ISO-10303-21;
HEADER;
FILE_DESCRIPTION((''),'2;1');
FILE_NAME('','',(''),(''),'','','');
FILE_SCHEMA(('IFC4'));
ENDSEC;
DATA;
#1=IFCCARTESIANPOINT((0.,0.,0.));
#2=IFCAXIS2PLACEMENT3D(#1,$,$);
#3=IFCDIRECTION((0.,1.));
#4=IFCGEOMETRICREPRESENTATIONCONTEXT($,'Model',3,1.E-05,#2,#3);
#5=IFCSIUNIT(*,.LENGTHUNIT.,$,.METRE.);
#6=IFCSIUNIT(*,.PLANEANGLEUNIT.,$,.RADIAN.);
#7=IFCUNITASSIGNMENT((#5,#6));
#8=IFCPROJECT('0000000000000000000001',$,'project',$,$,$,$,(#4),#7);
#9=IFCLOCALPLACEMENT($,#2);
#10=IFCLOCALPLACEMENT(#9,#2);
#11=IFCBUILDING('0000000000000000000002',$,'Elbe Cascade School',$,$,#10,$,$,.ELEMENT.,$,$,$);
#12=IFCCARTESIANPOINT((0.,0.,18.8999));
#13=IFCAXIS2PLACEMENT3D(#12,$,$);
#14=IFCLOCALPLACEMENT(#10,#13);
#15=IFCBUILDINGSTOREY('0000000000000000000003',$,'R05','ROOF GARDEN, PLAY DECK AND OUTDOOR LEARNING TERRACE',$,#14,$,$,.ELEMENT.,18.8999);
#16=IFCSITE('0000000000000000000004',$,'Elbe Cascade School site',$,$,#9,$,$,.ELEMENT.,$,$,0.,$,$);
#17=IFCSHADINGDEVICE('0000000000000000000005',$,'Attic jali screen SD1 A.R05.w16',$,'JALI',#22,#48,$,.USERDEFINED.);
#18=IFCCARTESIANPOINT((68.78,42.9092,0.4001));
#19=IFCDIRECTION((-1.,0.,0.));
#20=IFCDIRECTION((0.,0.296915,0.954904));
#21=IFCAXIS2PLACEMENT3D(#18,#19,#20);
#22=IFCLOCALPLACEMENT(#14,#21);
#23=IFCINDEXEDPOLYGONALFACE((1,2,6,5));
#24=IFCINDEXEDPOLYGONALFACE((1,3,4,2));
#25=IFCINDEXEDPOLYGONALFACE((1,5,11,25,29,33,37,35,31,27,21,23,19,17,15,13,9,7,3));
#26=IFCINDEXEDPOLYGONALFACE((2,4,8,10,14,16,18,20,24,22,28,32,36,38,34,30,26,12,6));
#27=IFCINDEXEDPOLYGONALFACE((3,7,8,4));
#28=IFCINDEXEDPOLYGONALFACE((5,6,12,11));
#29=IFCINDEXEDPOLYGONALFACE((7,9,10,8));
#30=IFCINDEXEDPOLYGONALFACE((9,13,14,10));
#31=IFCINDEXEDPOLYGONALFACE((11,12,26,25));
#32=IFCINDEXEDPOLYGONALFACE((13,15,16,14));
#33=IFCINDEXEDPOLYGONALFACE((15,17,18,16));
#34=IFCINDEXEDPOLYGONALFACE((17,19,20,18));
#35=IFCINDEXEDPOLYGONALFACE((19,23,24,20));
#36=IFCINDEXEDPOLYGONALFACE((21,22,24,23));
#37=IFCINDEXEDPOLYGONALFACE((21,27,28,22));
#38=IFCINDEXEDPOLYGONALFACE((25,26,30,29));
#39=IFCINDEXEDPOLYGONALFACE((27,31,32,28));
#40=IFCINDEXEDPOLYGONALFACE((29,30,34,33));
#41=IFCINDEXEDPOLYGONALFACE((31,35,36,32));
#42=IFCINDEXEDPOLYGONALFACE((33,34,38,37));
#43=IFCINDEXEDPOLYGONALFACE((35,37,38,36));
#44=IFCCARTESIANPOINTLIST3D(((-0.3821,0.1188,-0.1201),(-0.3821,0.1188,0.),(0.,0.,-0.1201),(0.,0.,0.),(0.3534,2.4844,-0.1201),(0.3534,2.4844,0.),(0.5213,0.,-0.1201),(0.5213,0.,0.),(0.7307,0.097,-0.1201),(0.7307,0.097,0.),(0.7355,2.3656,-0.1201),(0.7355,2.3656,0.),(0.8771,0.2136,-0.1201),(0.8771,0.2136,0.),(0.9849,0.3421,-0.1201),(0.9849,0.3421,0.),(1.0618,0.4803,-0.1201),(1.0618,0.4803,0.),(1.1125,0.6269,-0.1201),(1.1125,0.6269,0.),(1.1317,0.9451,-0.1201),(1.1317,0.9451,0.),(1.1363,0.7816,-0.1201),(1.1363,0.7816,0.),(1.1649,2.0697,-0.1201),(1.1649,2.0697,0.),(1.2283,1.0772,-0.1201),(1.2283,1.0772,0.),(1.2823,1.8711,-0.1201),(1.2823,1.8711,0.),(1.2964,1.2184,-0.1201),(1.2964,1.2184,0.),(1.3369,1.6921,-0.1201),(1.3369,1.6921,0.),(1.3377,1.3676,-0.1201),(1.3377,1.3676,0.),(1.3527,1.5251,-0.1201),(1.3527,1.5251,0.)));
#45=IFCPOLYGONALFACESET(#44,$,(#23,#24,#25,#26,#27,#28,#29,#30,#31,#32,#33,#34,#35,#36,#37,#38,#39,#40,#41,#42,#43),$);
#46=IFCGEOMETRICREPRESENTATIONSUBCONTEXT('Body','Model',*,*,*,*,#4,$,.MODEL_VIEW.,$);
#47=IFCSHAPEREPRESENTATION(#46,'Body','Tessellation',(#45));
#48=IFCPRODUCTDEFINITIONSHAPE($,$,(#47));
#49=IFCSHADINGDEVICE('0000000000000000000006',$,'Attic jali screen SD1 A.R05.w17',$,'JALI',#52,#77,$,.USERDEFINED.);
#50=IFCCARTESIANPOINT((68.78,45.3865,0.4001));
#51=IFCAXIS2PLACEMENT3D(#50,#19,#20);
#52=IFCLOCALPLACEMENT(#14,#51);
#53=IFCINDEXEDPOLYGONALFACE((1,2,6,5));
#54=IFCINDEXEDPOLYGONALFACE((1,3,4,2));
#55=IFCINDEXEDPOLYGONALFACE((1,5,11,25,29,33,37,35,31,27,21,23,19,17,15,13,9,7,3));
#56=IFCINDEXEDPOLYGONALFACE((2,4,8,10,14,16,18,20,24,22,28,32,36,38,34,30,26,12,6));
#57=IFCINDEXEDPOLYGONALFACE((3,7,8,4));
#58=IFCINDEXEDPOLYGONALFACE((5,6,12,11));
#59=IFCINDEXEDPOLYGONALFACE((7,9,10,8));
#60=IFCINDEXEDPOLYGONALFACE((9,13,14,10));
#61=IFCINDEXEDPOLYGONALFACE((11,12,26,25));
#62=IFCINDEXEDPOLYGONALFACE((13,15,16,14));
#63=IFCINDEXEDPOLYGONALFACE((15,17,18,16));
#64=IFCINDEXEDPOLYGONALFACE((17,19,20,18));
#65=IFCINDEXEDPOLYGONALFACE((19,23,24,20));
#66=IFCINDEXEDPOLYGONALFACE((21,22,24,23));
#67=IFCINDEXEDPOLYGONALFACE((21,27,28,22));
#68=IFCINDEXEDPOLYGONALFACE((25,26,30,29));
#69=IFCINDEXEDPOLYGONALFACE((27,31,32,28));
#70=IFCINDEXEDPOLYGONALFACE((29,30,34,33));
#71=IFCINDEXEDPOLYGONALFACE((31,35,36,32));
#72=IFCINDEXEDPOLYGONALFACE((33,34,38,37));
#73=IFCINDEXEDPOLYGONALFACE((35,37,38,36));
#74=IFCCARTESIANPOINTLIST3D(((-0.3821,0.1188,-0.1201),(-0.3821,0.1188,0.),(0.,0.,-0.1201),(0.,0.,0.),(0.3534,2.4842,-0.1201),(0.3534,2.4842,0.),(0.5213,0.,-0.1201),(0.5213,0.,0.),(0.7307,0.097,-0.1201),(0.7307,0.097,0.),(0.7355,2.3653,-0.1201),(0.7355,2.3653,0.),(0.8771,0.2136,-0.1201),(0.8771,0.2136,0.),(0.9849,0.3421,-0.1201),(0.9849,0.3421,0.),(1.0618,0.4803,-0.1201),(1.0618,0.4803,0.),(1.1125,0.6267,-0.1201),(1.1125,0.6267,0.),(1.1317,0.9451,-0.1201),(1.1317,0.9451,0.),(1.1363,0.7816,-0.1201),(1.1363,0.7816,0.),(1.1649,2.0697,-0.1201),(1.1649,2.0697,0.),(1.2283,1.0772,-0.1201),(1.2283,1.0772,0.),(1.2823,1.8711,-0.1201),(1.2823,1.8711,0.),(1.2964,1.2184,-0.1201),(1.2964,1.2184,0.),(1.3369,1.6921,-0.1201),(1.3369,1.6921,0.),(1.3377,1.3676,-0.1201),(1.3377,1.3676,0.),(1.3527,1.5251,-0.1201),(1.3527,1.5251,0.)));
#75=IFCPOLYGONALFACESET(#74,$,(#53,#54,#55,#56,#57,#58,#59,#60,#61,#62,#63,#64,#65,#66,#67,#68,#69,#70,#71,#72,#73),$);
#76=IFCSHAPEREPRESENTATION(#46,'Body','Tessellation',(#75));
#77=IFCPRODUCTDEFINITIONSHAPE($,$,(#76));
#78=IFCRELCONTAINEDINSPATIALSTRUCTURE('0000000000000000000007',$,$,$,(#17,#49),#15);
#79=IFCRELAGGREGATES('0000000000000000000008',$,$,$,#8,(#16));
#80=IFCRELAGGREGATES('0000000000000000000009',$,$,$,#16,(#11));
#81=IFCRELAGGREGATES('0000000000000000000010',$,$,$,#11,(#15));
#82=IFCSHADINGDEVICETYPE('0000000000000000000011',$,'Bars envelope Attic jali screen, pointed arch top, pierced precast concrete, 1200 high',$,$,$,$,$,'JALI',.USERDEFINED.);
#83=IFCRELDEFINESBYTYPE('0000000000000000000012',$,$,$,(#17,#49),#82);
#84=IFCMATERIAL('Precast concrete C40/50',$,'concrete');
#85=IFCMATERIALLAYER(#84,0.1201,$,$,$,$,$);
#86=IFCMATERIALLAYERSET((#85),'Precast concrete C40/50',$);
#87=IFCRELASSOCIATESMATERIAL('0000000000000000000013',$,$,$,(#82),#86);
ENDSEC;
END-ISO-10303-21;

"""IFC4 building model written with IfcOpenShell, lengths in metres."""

from ifc_helpers import new_model, si_unit, direction, frame, origin, place, context, subcontext, project, spatial, polyline, outline, extrude, material, layer, layer_set, type_object, element, save


model = new_model("IFC4")

# Units and contexts
model_context = context("Model", 3, precision=1e-05, world=origin(), true_north=direction((0.0, 1.0)))
body_context = subcontext(model_context, "Body", "Model", "MODEL_VIEW")
ifc_project = project(units=[si_unit("LENGTHUNIT", "METRE"), si_unit("PLANEANGLEUNIT", "RADIAN")], contexts=[model_context])

# Site, building, storey
site_placement = place(None, origin())
site = spatial("IfcSite", under=ifc_project, at=site_placement, Name="Elbe Cascade School site", CompositionType="ELEMENT", RefElevation=0.0)
building_placement = place(site_placement, origin())
building = spatial("IfcBuilding", under=site, at=building_placement, Name="Elbe Cascade School", CompositionType="ELEMENT")
storey_placement = place(building_placement, frame((0.0, 0.0, 18.8999)))
storey = spatial("IfcBuildingStorey", under=building, at=storey_placement, Name="R05", Description="ROOF GARDEN, PLAY DECK AND OUTDOOR LEARNING TERRACE", CompositionType="ELEMENT", Elevation=18.8999)

# Shading devices
ifc_material_1 = material(Name="Precast concrete C40/50", Category="concrete")
ifc_layer_1 = layer(ifc_material_1, 0.1201)
ifc_layer_set_1 = layer_set([ifc_layer_1], Name="Precast concrete C40/50")
shading_device_type = type_object("IfcShadingDeviceType", Name="Bars envelope Attic jali screen, pointed arch top, pierced precast concrete, 1200 high", ElementType="JALI", PredefinedType="USERDEFINED", material=ifc_layer_set_1)
shading_device_1_placement = place(storey_placement, frame((68.78, 42.9092, 0.4001), z_axis=(-1.0, 0.0, 0.0), x_axis=(0.0, 0.296915, 0.954904)))
element("IfcShadingDevice", 1, at=shading_device_1_placement, inside=storey, type_object=shading_device_type, Name="Attic jali screen SD1 A.R05.w16", ObjectType="JALI", PredefinedType="USERDEFINED", context=body_context, shape_type="SweptSolid", body=[
    extrude(outline(polyline([(0.0, 0.0), (0.5213, 0.0), (0.7307, 0.097), (0.8771, 0.2136), (0.9849, 0.3421), (1.0618, 0.4803), (1.1125, 0.6269), (1.1363, 0.7816), (1.1317, 0.9451), (1.2283, 1.0772), (1.2964, 1.2184), (1.3377, 1.3676), (1.3527, 1.5251), (1.3369, 1.6921), (1.2823, 1.8711), (1.1649, 2.0697), (0.7355, 2.3656), (0.3534, 2.4844), (-0.3821, 0.1188), (0.0, 0.0)])), origin(), (0.0, 0.0, -1.0), 0.1201),
])
shading_device_2_placement = place(storey_placement, frame((68.78, 45.3865, 0.4001), z_axis=(-1.0, 0.0, 0.0), x_axis=(0.0, 0.296915, 0.954904)))
element("IfcShadingDevice", 2, at=shading_device_2_placement, inside=storey, type_object=shading_device_type, Name="Attic jali screen SD1 A.R05.w17", ObjectType="JALI", PredefinedType="USERDEFINED", context=body_context, shape_type="SweptSolid", body=[
    extrude(outline(polyline([(0.0, 0.0), (0.5213, 0.0), (0.7307, 0.097), (0.8771, 0.2136), (0.9849, 0.3421), (1.0618, 0.4803), (1.1125, 0.6267), (1.1363, 0.7816), (1.1317, 0.9451), (1.2283, 1.0772), (1.2964, 1.2184), (1.3377, 1.3676), (1.3527, 1.5251), (1.3369, 1.6921), (1.2823, 1.8711), (1.1649, 2.0697), (0.7355, 2.3653), (0.3534, 2.4842), (-0.3821, 0.1188), (0.0, 0.0)])), origin(), (0.0, 0.0, -1.0), 0.1201),
])

save(model, "model.ifc")
